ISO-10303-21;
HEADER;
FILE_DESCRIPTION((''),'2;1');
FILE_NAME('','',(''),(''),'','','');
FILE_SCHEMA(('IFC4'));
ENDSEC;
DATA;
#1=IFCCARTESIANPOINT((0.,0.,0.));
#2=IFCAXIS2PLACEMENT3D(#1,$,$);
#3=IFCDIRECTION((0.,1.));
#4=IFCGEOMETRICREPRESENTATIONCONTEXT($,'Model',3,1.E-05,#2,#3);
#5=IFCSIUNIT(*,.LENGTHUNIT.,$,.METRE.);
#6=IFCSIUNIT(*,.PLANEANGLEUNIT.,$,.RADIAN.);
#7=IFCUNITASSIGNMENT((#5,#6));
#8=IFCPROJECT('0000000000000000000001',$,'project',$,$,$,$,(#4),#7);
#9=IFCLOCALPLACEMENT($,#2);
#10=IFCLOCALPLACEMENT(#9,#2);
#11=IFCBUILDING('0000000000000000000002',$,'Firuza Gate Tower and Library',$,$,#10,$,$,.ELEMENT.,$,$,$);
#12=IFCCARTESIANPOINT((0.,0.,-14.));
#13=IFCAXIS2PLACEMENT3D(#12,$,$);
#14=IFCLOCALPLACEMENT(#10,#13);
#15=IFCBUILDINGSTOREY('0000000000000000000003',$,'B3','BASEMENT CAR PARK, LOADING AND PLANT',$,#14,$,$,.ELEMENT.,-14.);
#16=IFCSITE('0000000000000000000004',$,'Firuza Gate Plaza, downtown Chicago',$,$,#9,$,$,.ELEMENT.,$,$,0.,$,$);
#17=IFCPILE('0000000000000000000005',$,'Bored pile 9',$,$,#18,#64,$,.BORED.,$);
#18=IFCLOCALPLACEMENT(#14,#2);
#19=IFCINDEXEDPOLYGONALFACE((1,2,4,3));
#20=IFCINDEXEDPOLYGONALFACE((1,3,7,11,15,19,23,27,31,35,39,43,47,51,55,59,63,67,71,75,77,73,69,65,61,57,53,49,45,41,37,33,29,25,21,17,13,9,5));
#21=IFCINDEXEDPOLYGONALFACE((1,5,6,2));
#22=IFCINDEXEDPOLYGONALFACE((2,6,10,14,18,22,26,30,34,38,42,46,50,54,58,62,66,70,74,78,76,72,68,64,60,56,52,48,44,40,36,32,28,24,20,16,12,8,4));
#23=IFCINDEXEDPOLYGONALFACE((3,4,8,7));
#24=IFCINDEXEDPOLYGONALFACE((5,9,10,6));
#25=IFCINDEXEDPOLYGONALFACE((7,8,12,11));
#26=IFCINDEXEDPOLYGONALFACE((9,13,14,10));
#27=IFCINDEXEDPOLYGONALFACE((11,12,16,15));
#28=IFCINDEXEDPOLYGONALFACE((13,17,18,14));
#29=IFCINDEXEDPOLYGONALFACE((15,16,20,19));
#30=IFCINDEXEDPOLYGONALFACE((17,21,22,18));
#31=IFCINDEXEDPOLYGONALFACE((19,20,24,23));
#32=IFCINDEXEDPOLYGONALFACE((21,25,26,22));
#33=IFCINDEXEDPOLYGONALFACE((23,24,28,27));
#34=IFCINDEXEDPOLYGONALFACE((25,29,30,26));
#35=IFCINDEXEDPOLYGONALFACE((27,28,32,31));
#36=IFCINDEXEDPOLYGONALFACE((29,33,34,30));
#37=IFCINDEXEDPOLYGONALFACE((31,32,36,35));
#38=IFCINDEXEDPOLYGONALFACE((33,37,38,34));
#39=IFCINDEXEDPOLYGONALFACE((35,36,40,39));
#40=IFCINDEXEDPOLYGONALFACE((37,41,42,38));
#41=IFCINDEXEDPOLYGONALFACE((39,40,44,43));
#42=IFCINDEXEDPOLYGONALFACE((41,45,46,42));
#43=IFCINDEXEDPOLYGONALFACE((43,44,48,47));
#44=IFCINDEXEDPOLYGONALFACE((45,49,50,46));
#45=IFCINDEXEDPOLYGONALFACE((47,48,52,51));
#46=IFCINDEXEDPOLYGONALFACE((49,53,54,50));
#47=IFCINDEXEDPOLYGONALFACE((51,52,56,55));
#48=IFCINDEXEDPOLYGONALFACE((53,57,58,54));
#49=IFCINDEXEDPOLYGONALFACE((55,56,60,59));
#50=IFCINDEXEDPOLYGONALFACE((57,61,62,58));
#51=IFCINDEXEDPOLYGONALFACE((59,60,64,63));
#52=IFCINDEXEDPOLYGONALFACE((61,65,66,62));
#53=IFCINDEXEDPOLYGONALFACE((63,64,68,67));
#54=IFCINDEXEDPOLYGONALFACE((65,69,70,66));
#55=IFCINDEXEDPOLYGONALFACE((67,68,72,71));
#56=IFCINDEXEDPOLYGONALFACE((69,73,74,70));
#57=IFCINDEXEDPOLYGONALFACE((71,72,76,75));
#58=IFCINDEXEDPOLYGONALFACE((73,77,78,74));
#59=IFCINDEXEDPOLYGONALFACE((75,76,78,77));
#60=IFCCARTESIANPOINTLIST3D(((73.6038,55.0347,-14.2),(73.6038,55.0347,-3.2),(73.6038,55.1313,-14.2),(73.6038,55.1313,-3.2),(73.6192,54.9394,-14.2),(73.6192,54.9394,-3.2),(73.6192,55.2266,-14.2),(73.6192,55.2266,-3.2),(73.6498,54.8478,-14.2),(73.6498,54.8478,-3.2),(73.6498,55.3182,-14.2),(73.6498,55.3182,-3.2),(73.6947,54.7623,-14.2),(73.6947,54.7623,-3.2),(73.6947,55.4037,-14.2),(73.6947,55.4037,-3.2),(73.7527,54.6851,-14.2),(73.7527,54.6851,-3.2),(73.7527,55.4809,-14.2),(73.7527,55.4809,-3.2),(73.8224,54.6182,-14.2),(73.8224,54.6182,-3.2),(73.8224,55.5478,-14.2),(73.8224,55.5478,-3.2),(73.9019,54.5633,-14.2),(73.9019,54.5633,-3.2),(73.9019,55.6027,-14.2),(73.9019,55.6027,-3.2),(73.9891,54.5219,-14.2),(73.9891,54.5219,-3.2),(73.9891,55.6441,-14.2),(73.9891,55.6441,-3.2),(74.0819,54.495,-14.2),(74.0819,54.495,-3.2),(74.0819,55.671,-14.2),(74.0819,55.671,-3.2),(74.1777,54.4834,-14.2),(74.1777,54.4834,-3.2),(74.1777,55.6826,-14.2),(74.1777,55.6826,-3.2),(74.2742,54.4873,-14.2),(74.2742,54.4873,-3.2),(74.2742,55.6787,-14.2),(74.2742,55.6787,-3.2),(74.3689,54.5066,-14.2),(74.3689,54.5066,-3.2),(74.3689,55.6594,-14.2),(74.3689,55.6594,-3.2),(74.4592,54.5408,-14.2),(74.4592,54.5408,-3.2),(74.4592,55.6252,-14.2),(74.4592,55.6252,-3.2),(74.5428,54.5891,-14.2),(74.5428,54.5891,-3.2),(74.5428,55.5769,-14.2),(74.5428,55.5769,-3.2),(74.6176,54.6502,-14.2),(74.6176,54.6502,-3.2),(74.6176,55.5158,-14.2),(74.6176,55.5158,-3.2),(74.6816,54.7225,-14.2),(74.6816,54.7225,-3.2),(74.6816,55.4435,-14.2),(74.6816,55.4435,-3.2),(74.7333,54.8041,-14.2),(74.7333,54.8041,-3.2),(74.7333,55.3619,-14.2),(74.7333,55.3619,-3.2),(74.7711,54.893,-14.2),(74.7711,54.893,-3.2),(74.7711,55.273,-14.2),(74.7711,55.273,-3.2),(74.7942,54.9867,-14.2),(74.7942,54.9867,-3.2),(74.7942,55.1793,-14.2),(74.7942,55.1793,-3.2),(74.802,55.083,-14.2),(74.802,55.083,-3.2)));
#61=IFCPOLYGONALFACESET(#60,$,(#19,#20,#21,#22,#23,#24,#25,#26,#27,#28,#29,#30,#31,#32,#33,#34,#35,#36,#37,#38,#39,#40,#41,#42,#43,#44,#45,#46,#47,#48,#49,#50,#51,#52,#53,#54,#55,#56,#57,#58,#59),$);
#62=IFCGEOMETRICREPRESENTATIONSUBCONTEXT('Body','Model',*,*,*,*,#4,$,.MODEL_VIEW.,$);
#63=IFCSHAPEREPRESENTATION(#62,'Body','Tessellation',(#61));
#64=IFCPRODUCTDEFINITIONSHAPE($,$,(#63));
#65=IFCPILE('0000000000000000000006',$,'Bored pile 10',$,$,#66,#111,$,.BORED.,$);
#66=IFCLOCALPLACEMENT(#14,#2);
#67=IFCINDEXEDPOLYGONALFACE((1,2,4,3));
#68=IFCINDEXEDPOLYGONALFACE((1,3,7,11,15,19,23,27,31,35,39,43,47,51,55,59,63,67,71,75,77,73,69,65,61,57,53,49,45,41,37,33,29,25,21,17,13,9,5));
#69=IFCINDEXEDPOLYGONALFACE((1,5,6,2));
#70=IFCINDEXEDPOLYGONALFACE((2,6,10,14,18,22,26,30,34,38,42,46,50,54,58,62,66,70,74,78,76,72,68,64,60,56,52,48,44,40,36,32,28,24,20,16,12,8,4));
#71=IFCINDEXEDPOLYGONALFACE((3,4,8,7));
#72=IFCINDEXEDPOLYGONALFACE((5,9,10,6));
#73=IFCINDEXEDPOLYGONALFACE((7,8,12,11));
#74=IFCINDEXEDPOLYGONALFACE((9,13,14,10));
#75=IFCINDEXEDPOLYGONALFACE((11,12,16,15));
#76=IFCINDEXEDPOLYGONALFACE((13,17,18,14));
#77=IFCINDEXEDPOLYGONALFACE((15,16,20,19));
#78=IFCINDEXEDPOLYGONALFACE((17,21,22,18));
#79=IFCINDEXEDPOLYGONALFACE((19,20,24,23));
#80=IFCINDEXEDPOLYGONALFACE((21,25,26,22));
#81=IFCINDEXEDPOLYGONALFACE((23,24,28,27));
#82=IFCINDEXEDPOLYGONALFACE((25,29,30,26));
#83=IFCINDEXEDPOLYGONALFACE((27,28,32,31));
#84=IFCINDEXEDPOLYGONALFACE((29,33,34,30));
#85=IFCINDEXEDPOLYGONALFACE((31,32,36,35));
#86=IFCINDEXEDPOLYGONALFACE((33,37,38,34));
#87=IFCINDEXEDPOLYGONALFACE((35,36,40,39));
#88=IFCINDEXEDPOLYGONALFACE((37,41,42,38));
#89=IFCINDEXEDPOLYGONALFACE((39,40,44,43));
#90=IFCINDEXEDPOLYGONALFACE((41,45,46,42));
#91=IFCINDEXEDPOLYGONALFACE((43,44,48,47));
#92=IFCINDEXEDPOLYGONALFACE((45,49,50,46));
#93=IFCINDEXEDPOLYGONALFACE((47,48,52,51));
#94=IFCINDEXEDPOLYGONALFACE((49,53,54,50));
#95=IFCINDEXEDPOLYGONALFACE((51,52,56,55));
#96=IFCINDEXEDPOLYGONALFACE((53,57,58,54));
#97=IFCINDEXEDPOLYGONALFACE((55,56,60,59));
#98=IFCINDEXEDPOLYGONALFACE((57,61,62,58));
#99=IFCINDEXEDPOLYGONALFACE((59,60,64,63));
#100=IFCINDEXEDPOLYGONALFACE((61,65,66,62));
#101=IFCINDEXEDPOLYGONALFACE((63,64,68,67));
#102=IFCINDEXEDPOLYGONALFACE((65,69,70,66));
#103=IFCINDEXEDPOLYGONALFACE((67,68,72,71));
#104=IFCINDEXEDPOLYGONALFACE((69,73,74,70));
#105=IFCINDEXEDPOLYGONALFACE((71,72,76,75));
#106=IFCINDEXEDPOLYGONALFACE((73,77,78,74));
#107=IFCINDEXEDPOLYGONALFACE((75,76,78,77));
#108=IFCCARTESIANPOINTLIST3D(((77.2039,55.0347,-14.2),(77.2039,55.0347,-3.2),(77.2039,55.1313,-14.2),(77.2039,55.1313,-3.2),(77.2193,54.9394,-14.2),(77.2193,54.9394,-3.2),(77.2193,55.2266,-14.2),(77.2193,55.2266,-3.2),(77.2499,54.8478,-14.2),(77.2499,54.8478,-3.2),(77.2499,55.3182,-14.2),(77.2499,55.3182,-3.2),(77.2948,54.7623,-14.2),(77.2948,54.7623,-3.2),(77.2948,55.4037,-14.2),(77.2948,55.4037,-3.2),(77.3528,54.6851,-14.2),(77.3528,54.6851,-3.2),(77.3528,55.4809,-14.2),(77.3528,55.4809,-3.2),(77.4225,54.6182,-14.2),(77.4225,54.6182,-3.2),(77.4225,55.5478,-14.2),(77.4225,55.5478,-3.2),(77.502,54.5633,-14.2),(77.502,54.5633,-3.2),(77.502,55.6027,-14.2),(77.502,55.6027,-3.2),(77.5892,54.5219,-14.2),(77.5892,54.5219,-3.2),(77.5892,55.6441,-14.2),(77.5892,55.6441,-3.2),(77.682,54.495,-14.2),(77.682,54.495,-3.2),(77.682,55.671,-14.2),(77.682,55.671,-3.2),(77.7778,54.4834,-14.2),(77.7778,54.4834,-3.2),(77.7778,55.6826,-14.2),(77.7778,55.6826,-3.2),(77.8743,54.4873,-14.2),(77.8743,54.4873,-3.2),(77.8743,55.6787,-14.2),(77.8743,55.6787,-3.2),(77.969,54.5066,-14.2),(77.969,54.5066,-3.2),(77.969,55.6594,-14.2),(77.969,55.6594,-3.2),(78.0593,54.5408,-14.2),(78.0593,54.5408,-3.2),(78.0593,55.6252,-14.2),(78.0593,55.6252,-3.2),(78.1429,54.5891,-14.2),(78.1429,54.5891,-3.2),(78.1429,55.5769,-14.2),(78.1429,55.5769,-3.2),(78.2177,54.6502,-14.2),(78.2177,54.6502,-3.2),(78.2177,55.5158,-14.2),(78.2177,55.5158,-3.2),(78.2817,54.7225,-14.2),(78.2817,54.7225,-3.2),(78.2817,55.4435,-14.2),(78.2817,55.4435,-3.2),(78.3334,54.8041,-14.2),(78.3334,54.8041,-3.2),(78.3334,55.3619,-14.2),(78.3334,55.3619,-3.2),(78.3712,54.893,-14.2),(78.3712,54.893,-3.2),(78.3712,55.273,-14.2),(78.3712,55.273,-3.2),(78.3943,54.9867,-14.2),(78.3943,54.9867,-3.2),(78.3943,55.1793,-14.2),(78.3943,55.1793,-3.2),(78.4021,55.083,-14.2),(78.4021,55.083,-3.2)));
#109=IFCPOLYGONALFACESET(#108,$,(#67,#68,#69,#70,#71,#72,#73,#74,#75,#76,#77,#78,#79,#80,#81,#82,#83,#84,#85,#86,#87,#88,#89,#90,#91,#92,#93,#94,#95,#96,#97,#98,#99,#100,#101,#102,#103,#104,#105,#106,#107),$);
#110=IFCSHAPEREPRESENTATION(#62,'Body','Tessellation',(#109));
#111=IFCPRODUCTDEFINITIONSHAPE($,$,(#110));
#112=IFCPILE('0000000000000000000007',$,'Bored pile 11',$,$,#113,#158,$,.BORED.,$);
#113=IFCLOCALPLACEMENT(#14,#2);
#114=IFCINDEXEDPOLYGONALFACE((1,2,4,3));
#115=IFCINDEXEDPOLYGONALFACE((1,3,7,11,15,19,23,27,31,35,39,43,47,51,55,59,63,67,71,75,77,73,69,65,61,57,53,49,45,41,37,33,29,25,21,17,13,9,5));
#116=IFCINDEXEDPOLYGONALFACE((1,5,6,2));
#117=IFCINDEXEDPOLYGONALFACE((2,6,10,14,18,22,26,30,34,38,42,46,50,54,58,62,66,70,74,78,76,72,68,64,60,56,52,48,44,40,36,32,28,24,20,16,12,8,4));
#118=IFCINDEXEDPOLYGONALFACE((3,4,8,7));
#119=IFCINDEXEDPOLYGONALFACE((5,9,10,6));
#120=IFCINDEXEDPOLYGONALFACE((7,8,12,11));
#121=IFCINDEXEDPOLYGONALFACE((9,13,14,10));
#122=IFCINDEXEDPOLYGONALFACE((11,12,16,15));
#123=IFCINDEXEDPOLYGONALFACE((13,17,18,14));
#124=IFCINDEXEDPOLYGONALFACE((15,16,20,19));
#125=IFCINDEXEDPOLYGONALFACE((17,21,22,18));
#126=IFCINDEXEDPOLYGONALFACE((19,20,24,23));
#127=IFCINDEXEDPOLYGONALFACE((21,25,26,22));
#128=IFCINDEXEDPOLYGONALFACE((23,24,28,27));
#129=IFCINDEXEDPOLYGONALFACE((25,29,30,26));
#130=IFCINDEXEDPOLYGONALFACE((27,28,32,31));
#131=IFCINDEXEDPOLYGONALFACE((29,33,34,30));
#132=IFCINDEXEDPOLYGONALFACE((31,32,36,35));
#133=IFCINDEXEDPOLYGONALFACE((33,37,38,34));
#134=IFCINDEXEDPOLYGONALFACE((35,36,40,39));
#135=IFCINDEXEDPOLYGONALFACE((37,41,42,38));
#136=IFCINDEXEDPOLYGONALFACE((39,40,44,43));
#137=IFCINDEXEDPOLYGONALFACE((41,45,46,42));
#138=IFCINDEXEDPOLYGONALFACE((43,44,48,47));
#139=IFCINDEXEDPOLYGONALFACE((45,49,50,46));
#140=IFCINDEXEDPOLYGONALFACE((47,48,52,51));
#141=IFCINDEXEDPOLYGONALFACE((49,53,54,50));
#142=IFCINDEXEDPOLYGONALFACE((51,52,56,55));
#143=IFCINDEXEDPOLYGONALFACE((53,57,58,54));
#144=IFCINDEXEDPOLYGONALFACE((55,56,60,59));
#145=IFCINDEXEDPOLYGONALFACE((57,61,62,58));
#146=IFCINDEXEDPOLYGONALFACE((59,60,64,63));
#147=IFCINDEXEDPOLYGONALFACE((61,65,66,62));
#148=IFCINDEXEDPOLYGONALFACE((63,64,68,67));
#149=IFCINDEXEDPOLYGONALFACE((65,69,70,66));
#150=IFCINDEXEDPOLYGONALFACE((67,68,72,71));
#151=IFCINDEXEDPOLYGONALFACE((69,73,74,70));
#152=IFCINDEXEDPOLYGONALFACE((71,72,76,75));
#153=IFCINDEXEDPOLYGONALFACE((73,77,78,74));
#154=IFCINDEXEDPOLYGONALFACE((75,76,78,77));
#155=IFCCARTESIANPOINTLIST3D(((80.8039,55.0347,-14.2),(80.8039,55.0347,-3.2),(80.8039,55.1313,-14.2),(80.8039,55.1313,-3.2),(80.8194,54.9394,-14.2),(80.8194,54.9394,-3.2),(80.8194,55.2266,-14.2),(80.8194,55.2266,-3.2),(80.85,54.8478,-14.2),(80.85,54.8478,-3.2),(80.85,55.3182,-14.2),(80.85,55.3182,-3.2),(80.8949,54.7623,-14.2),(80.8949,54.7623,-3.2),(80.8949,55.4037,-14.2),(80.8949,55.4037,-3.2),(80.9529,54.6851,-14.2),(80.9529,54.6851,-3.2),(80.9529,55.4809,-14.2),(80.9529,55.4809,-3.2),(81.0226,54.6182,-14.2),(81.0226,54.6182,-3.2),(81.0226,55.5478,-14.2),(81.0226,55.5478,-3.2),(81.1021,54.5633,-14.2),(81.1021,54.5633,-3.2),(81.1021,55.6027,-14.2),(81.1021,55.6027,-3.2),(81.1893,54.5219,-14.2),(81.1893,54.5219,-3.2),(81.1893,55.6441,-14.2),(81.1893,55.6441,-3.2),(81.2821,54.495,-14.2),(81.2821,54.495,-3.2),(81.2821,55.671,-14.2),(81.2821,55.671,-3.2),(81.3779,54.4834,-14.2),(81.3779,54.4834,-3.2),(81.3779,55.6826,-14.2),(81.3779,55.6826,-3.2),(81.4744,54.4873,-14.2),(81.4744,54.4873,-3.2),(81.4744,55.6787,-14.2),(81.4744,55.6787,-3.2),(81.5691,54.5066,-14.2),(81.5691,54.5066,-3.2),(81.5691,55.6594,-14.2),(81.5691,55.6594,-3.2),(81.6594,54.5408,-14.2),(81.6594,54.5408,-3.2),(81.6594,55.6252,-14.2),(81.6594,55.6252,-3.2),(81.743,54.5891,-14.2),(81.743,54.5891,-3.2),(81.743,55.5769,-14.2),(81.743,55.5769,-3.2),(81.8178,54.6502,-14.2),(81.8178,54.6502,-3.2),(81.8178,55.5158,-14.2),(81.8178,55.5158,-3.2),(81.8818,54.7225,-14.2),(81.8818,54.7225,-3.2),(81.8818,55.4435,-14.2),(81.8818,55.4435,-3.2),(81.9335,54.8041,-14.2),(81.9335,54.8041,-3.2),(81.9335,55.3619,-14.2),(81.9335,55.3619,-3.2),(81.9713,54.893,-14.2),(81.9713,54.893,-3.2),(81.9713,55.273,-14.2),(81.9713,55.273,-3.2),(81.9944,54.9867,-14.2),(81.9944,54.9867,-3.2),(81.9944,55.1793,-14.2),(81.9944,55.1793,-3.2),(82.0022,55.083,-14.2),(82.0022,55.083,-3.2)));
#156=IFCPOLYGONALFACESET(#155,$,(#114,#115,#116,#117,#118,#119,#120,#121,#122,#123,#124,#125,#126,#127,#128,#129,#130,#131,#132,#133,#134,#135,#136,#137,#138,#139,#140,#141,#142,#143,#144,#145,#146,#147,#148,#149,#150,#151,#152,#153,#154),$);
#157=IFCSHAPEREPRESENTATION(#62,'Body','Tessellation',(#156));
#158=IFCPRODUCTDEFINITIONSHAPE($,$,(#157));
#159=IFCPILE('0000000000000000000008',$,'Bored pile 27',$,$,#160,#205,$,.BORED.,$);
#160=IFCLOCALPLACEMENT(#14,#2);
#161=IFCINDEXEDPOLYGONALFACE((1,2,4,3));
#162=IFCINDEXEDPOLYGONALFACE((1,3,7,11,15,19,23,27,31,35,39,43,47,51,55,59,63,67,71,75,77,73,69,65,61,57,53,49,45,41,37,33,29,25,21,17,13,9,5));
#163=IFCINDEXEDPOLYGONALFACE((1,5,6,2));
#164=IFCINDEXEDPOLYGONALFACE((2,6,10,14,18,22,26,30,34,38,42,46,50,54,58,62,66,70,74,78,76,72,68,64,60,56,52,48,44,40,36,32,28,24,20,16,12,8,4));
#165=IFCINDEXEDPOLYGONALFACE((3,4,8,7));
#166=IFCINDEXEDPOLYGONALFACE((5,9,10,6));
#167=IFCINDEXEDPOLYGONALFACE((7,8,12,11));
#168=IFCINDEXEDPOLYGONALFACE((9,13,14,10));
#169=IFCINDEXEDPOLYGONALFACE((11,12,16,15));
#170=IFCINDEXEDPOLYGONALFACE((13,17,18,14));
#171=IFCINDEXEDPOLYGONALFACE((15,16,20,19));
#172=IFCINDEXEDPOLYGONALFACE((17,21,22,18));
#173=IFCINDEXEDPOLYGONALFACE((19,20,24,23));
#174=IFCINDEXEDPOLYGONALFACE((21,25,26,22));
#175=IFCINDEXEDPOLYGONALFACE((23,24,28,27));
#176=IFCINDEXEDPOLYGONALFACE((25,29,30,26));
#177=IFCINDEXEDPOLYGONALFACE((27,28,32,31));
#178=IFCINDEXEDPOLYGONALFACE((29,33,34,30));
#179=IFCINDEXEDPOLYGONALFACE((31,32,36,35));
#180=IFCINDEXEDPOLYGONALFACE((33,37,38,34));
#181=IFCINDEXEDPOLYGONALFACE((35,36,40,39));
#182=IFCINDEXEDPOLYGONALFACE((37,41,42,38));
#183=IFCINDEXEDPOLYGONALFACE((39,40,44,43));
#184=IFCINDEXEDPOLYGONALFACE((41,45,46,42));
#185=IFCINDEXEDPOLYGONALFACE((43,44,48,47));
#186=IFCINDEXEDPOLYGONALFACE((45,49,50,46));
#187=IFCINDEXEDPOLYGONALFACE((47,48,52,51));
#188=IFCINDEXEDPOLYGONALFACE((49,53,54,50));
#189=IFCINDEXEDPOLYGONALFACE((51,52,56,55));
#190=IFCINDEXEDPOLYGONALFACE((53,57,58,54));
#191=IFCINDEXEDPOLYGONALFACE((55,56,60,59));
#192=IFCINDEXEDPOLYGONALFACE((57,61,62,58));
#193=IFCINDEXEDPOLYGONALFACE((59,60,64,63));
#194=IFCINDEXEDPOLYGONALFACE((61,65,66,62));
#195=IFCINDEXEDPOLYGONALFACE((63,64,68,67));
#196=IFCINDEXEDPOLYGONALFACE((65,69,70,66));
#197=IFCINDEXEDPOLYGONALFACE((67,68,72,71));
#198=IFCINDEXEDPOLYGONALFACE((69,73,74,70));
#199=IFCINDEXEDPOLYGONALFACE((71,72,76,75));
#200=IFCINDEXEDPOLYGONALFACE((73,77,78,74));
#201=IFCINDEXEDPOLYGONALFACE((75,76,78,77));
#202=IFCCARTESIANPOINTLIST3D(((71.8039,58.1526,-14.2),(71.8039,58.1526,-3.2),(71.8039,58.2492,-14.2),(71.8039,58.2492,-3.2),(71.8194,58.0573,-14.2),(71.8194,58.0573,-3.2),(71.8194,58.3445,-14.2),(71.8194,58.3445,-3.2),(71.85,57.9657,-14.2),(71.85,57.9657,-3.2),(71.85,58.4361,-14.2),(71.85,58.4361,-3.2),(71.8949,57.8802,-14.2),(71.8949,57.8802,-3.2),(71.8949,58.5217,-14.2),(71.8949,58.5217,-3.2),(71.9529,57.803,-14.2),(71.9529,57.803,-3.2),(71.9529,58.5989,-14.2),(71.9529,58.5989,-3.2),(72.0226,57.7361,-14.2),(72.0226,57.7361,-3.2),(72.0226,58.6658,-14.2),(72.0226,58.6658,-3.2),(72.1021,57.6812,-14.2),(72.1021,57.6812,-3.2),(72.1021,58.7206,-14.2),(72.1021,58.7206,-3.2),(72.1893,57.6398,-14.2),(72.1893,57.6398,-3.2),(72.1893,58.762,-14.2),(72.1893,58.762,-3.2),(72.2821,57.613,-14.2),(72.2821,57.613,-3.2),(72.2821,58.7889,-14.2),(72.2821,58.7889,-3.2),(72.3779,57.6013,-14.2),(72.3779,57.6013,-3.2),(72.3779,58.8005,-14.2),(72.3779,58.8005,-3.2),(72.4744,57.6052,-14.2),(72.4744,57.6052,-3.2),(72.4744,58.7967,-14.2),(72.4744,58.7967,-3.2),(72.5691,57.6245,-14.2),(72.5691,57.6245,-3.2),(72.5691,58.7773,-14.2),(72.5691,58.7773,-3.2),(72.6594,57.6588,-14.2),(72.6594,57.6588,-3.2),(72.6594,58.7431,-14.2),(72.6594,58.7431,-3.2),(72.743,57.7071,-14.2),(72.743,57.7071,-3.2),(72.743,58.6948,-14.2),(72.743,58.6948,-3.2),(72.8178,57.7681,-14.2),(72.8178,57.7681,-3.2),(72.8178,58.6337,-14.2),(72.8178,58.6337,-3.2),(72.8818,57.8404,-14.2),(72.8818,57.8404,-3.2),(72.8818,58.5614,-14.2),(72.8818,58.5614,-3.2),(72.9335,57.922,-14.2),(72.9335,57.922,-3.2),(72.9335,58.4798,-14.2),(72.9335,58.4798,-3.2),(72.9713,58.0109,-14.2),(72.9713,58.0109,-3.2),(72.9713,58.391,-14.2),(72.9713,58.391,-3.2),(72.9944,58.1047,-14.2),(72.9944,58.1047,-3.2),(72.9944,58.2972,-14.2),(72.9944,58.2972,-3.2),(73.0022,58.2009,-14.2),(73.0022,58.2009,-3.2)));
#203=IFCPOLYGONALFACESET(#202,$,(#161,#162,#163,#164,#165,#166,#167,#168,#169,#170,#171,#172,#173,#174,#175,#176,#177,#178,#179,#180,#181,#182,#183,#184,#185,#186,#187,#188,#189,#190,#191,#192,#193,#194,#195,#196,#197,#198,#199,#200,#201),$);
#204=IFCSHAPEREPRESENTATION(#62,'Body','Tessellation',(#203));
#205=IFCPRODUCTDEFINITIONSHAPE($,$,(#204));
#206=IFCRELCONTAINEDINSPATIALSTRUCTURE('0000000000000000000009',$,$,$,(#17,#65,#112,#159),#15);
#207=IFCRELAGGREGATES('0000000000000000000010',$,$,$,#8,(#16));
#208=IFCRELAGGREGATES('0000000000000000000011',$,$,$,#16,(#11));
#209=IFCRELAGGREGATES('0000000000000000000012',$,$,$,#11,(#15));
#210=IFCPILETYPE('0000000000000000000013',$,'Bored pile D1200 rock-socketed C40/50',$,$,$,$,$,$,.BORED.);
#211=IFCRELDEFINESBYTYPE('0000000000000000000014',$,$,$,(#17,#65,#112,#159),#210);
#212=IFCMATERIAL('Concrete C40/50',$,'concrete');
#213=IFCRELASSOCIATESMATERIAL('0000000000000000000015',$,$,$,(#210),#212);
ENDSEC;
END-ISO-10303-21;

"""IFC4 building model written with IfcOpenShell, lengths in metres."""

from ifc_helpers import new_model, si_unit, direction, frame, origin, origin_2d, place, context, subcontext, project, spatial, circle, extrude, material, material_profile, profile_set, type_object, element, save


model = new_model("IFC4")

# Units and contexts
model_context = context("Model", 3, precision=1e-05, world=origin(), true_north=direction((0.0, 1.0)))
body_context = subcontext(model_context, "Body", "Model", "MODEL_VIEW")
ifc_project = project(units=[si_unit("LENGTHUNIT", "METRE"), si_unit("PLANEANGLEUNIT", "RADIAN")], contexts=[model_context])

# Site, building, storey
site_placement = place(None, origin())
site = spatial("IfcSite", under=ifc_project, at=site_placement, Name="Firuza Gate Plaza, downtown Chicago", CompositionType="ELEMENT", RefElevation=0.0)
building_placement = place(site_placement, origin())
building = spatial("IfcBuilding", under=site, at=building_placement, Name="Firuza Gate Tower and Library", CompositionType="ELEMENT")
storey_placement = place(building_placement, frame((0.0, 0.0, -14.0)))
storey = spatial("IfcBuildingStorey", under=building, at=storey_placement, Name="B3", Description="BASEMENT CAR PARK, LOADING AND PLANT", CompositionType="ELEMENT", Elevation=-14.0)

# Piles
ifc_material_1 = material(Name="Concrete C40/50", Category="concrete")
ifc_material_profile_1 = material_profile(ifc_material_1, circle(Radius=0.6001, at=origin_2d()))
ifc_profile_set_1 = profile_set([ifc_material_profile_1], Name="Concrete C40/50")
pile_type = type_object("IfcPileType", Name="Bored pile D1200 rock-socketed C40/50", PredefinedType="BORED", material=ifc_profile_set_1)
for number, where, z_axis, x_axis, name in (
    (1, (74.2019, 55.083, -3.2), (0.0, 0.0, -1.0), (1.0, 0.0, 0.0), "Bored pile 9"),
    (2, (77.802, 55.083, -3.2), (0.0, 0.0, -1.0), (1.0, 0.0, 0.0), "Bored pile 10"),
    (3, (81.4021, 55.083, -3.2), (0.0, 0.0, -1.0), (1.0, 0.0, 0.0), "Bored pile 11"),
    (4, (72.4021, 58.2009, -3.2), (0.0, 0.0, -1.0), (1.0, 0.0, 0.0), "Bored pile 27"),
):
    element("IfcPile", number, at=place(storey_placement, frame(where, z_axis=z_axis, x_axis=x_axis)), inside=storey, type_object=pile_type, Name=name, PredefinedType="BORED", context=body_context, shape_type="SweptSolid", body=[
        extrude(circle(Radius=0.6001, at=origin_2d()), origin(), (0.0, 0.0, 1.0), 11.0),
    ])

save(model, "model.ifc")
